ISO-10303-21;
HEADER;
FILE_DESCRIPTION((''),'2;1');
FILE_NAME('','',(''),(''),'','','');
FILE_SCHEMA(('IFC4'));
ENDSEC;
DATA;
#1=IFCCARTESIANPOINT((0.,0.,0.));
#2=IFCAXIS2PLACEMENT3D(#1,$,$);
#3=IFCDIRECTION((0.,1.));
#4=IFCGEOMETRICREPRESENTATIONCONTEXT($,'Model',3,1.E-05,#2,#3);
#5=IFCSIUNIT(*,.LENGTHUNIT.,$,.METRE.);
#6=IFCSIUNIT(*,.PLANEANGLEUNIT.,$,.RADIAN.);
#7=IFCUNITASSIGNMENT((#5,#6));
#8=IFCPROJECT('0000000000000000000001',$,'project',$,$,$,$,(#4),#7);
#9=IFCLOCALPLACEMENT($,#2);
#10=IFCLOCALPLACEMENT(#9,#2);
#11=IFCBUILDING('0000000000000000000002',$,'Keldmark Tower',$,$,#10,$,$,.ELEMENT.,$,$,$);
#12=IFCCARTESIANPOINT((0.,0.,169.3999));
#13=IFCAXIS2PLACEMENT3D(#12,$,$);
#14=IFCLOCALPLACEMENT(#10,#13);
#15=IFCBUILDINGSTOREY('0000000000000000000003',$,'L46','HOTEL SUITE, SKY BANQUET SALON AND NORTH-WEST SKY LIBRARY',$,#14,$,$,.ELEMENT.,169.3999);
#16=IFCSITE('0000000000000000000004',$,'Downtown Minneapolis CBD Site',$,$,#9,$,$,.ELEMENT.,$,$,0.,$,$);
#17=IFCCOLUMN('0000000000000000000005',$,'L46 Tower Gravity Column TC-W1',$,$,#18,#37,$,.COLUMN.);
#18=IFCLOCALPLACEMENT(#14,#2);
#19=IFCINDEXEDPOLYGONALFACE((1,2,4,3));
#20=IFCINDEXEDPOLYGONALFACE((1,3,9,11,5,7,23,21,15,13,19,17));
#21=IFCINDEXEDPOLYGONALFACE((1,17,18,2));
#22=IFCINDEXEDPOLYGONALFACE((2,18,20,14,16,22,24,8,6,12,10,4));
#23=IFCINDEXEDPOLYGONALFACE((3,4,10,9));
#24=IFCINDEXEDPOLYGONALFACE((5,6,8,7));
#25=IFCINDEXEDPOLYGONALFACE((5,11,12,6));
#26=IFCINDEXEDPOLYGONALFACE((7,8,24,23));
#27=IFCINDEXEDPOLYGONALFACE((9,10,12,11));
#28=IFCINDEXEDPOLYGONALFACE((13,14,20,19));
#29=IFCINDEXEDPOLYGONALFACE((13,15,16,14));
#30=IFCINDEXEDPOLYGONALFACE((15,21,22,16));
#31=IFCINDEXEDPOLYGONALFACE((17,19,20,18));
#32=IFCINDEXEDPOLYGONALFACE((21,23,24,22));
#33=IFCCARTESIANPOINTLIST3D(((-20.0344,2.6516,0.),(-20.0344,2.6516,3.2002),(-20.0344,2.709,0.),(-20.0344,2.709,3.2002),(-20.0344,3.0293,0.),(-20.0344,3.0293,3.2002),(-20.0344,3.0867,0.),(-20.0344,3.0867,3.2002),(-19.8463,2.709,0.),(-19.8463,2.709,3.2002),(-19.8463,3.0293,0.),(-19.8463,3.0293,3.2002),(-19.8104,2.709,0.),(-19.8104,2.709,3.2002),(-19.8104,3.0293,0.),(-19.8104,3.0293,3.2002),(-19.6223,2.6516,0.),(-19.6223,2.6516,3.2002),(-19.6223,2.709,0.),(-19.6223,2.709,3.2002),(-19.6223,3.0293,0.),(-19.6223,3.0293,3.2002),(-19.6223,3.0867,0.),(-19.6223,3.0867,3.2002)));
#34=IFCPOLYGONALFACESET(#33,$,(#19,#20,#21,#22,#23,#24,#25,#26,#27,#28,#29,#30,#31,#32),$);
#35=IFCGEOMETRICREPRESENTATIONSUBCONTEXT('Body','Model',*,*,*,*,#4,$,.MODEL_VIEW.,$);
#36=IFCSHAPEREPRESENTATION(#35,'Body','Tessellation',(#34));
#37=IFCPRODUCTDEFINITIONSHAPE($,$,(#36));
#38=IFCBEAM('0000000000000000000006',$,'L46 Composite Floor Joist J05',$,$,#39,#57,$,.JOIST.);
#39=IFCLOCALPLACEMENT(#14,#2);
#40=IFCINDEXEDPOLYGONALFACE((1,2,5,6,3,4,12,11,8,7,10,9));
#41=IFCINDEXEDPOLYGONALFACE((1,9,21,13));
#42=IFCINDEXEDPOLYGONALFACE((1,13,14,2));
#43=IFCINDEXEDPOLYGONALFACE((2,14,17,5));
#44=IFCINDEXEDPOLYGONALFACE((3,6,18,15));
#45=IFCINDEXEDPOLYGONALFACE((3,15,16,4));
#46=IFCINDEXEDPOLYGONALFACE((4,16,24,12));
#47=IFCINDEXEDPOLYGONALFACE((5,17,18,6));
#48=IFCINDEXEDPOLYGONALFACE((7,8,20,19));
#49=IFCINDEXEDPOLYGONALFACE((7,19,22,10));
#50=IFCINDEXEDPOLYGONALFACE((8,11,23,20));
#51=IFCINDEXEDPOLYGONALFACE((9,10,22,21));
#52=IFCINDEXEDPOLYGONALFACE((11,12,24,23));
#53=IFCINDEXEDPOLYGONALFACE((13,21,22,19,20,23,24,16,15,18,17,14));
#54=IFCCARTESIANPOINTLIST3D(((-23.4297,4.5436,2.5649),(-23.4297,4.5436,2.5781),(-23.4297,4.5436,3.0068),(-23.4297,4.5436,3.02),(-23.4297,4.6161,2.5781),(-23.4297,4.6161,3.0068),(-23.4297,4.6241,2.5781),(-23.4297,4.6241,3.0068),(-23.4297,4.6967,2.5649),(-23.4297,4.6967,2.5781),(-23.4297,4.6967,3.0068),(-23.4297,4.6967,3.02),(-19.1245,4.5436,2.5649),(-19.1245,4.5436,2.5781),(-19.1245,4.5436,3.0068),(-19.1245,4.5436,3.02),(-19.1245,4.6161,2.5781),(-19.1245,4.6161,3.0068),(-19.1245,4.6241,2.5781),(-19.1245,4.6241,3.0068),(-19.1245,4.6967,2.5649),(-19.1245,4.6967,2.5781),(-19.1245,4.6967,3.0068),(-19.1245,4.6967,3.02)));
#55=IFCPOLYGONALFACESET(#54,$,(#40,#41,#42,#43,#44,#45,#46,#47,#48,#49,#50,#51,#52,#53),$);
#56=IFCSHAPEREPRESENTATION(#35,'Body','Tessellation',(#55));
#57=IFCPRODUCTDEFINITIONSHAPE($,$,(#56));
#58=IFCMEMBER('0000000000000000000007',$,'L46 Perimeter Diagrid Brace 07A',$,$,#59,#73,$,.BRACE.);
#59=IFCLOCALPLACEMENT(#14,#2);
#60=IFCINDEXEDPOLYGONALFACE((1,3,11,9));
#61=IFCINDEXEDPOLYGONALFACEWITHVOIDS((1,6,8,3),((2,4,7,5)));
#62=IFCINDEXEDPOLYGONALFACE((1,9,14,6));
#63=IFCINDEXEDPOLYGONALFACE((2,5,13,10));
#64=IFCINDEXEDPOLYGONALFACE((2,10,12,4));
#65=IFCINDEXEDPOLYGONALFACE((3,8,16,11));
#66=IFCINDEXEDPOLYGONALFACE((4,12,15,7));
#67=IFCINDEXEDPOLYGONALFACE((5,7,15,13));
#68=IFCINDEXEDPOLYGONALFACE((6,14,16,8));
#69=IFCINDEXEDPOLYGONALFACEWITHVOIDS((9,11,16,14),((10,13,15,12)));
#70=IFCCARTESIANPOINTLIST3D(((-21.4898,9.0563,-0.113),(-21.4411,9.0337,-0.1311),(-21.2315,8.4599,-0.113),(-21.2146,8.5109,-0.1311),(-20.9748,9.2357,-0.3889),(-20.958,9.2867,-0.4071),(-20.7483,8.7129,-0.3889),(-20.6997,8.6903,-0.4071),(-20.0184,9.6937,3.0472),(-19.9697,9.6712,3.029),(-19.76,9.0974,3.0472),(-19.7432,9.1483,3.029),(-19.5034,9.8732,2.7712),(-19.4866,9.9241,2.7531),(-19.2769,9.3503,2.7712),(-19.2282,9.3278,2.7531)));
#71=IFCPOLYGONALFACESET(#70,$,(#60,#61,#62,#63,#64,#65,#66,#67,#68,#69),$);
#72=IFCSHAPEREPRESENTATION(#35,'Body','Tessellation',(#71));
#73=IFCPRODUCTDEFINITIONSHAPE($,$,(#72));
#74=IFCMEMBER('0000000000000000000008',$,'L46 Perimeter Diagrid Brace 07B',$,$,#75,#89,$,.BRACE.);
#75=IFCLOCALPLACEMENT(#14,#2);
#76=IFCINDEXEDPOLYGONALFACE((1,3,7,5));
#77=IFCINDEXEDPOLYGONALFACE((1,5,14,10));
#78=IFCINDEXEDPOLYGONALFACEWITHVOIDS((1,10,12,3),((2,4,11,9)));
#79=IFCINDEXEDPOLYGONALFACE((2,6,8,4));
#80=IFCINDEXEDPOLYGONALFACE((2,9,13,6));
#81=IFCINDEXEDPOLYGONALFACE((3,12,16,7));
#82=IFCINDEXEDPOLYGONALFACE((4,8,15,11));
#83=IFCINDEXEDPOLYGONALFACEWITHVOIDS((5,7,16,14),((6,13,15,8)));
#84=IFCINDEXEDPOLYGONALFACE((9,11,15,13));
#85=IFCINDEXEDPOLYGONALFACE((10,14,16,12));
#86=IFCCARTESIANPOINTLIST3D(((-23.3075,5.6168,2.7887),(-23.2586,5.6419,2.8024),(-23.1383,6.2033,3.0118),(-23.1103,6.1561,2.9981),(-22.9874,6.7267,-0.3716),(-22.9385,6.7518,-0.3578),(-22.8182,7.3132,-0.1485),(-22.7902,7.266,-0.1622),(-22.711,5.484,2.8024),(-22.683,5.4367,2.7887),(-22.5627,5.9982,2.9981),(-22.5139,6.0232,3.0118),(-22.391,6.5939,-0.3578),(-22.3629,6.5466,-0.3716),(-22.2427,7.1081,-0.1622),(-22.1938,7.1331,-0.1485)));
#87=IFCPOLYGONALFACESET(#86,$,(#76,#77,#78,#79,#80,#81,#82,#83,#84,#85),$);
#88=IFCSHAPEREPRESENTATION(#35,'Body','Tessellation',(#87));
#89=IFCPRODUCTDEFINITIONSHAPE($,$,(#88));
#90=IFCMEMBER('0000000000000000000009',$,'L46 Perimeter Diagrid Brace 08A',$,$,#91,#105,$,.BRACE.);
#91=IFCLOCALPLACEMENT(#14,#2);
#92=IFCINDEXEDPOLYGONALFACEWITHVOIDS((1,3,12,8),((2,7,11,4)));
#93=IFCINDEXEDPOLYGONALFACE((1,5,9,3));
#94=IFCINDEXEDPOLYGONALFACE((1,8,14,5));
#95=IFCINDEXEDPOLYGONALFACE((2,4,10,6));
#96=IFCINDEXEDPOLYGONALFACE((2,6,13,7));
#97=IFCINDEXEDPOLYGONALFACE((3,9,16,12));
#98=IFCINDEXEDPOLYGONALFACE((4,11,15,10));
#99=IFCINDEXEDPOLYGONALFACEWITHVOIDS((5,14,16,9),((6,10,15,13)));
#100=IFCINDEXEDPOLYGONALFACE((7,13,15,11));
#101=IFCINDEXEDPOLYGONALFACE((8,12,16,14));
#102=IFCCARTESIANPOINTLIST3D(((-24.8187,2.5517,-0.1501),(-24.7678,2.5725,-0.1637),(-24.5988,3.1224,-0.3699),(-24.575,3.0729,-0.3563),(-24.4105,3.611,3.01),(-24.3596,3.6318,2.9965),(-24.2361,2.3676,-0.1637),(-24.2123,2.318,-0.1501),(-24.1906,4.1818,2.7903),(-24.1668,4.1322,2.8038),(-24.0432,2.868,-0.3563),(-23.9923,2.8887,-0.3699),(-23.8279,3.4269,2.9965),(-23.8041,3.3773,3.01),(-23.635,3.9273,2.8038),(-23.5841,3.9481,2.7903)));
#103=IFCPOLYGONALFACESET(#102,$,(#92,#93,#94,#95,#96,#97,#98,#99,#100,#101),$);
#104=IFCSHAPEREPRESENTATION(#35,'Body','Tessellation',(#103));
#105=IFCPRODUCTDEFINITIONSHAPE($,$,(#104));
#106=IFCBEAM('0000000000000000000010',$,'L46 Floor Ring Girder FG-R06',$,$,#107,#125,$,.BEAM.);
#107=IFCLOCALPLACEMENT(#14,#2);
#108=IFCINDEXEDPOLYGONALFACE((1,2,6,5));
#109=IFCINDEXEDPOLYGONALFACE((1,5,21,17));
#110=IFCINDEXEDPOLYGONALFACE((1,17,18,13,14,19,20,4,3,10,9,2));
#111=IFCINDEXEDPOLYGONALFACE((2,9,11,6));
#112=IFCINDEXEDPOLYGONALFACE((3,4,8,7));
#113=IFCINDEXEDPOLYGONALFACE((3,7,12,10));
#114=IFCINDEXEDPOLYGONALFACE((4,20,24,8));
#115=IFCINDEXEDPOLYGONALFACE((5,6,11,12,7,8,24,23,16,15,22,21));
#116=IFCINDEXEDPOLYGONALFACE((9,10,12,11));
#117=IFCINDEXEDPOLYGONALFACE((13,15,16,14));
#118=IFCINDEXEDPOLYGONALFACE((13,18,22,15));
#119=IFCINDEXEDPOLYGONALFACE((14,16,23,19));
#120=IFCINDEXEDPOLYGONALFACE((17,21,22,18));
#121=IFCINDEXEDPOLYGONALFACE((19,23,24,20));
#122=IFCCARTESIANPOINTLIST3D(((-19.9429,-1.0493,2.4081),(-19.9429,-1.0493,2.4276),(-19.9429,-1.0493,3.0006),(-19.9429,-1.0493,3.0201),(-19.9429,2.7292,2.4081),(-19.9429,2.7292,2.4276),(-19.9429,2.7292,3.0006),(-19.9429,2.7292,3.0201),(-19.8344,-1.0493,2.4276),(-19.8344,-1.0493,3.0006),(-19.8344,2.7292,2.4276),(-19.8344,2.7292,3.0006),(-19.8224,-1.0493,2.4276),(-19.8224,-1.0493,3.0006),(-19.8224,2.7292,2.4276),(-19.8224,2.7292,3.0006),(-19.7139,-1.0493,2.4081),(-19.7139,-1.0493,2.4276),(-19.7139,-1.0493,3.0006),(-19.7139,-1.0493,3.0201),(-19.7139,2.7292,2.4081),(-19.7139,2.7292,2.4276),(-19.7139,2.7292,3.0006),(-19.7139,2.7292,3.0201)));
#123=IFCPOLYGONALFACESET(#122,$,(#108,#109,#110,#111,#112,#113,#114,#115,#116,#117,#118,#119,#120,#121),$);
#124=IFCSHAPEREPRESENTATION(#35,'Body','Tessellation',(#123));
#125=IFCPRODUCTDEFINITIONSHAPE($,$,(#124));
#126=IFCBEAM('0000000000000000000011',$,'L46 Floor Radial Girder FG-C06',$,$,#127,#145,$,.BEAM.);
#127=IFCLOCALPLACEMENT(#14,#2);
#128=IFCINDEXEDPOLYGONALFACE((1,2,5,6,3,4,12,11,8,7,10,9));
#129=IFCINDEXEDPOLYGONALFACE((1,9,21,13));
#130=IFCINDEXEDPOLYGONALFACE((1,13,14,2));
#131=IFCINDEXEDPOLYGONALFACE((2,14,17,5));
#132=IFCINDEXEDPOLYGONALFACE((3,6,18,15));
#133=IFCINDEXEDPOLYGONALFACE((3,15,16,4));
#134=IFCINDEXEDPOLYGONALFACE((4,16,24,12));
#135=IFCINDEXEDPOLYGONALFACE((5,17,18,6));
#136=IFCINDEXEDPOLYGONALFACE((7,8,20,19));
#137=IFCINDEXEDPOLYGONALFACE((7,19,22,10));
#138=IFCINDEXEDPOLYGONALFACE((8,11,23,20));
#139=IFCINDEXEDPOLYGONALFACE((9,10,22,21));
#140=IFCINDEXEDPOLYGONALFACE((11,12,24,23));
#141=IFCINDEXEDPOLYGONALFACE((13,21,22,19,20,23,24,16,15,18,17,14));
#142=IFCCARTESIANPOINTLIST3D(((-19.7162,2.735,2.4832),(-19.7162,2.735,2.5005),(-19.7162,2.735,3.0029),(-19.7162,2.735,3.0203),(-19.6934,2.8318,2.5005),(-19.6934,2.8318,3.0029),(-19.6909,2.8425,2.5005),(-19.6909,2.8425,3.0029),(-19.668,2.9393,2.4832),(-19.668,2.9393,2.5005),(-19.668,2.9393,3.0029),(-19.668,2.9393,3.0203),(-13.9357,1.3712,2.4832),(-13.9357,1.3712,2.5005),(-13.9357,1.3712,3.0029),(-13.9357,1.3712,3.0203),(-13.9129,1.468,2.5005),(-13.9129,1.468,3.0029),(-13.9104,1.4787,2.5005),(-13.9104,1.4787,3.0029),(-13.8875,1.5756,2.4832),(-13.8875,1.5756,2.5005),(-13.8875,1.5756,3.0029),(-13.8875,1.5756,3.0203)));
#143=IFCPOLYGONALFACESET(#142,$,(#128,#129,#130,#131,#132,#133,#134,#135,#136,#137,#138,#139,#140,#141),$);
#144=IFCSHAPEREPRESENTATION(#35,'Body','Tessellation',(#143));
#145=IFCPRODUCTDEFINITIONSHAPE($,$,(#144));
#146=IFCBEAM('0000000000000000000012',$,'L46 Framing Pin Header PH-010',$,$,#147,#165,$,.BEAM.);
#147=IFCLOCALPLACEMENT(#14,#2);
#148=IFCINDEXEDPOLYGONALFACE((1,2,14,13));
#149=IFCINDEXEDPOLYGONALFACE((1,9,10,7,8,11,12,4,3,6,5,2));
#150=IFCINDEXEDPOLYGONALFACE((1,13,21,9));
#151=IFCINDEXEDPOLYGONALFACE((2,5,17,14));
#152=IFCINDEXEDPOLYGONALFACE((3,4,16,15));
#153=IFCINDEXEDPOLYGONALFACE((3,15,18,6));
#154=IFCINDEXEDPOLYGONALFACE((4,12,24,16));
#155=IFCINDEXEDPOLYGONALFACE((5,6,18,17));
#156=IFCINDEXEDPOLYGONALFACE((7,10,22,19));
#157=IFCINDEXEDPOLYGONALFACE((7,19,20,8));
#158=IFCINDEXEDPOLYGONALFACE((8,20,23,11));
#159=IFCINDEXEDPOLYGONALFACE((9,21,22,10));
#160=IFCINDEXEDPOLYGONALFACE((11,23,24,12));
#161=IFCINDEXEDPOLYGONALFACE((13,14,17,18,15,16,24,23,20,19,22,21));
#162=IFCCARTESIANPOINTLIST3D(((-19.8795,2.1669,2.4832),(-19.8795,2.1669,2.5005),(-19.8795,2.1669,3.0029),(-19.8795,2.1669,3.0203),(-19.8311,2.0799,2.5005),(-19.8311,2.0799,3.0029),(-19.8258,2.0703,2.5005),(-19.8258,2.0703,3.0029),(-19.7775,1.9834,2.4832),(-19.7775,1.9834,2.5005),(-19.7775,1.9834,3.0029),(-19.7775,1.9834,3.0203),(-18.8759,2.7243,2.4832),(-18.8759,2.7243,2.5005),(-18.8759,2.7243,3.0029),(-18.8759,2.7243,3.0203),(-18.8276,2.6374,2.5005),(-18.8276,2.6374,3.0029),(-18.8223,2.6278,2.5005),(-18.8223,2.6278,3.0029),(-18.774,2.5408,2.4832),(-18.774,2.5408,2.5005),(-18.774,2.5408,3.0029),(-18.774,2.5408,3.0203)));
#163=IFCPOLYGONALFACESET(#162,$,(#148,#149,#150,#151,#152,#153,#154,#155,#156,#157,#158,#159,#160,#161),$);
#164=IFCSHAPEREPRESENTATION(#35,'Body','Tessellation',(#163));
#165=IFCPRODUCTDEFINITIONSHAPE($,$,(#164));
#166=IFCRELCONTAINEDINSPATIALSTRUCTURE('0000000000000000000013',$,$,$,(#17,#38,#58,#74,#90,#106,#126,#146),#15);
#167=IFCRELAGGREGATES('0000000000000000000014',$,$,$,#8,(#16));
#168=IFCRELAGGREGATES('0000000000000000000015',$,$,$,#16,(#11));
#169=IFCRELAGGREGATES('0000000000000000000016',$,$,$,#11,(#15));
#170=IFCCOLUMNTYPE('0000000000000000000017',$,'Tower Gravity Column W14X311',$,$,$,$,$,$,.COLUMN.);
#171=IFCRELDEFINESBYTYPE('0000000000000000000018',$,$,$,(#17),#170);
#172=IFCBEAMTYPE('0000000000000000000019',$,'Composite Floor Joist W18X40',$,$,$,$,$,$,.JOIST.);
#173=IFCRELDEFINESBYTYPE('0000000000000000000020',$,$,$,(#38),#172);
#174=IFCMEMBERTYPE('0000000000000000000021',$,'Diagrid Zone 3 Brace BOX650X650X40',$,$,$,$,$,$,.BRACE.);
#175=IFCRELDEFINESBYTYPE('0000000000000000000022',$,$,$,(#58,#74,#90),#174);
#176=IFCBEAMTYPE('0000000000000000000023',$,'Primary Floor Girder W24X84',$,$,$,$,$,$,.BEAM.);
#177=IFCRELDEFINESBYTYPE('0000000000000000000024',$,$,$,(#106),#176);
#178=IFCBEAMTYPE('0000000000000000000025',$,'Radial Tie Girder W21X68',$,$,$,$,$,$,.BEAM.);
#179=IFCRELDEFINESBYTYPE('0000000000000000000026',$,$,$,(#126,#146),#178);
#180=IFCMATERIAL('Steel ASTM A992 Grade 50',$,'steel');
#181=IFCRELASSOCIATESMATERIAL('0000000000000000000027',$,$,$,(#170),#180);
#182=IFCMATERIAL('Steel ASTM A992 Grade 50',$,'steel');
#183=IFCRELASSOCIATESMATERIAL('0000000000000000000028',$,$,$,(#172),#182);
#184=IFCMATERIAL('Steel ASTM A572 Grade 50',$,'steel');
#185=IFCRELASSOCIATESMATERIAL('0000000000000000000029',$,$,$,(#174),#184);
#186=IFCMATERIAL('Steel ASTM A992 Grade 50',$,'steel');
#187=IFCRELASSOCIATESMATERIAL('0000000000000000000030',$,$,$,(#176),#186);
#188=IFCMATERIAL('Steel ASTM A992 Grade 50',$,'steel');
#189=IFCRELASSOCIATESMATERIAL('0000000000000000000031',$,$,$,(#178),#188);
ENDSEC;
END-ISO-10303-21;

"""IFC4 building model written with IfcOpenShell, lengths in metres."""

from ifc_helpers import new_model, si_unit, direction, frame, origin, origin_2d, place, context, subcontext, project, spatial, hollow_rectangle, i_section, extrude, material, material_profile, profile_set, type_object, element, save


model = new_model("IFC4")

# Units and contexts
model_context = context("Model", 3, precision=1e-05, world=origin(), true_north=direction((0.0, 1.0)))
body_context = subcontext(model_context, "Body", "Model", "MODEL_VIEW")
ifc_project = project(units=[si_unit("LENGTHUNIT", "METRE"), si_unit("PLANEANGLEUNIT", "RADIAN")], contexts=[model_context])

# Site, building, storey
site_placement = place(None, origin())
site = spatial("IfcSite", under=ifc_project, at=site_placement, Name="Downtown Minneapolis CBD Site", CompositionType="ELEMENT", RefElevation=0.0)
building_placement = place(site_placement, origin())
building = spatial("IfcBuilding", under=site, at=building_placement, Name="Keldmark Tower", CompositionType="ELEMENT")
storey_placement = place(building_placement, frame((0.0, 0.0, 169.3999)))
storey = spatial("IfcBuildingStorey", under=building, at=storey_placement, Name="L46", Description="HOTEL SUITE, SKY BANQUET SALON AND NORTH-WEST SKY LIBRARY", CompositionType="ELEMENT", Elevation=169.3999)

# Column
ifc_material_1 = material(Name="Steel ASTM A992 Grade 50", Category="steel")
ifc_material_profile_1 = material_profile(ifc_material_1, i_section(OverallWidth=0.4121, OverallDepth=0.4351, WebThickness=0.0359, FlangeThickness=0.0574, at=origin_2d()), Name="W14X311")
ifc_profile_set_1 = profile_set([ifc_material_profile_1], Name="Steel ASTM A992 Grade 50")
column_type = type_object("IfcColumnType", Name="Tower Gravity Column W14X311", PredefinedType="COLUMN", material=ifc_profile_set_1)
column_placement = place(storey_placement, frame((-19.8284, 2.8691, 0.0), z_axis=(0.0, 0.0, 1.0), x_axis=(1.0, 0.0, 0.0)))
element("IfcColumn", 1, at=column_placement, inside=storey, type_object=column_type, Name="L46 Tower Gravity Column TC-W1", PredefinedType="COLUMN", context=body_context, shape_type="SweptSolid", body=[
    extrude(i_section(OverallWidth=0.4121, OverallDepth=0.4351, WebThickness=0.0359, FlangeThickness=0.0574, at=origin_2d()), origin(), (0.0, 0.0, 1.0), 3.2002),
])

# Beam
ifc_material_2 = material(Name="Steel ASTM A992 Grade 50", Category="steel")
ifc_material_profile_2 = material_profile(ifc_material_2, i_section(OverallWidth=0.1531, OverallDepth=0.4551, WebThickness=0.0081, FlangeThickness=0.0132, at=origin_2d()), Name="W18X40")
ifc_profile_set_2 = profile_set([ifc_material_profile_2], Name="Steel ASTM A992 Grade 50")
beam_type_1 = type_object("IfcBeamType", Name="Composite Floor Joist W18X40", PredefinedType="JOIST", material=ifc_profile_set_2)
beam_1_placement = place(storey_placement, frame((-23.4297, 4.6201, 2.7925), z_axis=(1.0, 0.0, 0.0), x_axis=(0.0, 1.0, 0.0)))
element("IfcBeam", 2, at=beam_1_placement, inside=storey, type_object=beam_type_1, Name="L46 Composite Floor Joist J05", PredefinedType="JOIST", context=body_context, shape_type="SweptSolid", body=[
    extrude(i_section(OverallWidth=0.1531, OverallDepth=0.4551, WebThickness=0.0081, FlangeThickness=0.0132, at=origin_2d()), origin(), (0.0, 0.0, 1.0), 4.3052),
])

# Members
ifc_material_3 = material(Name="Steel ASTM A572 Grade 50", Category="steel")
ifc_material_profile_3 = material_profile(ifc_material_3, hollow_rectangle(XDim=0.6499, YDim=0.6499, WallThickness=0.04, at=origin_2d()), Name="BOX650X650X40")
ifc_profile_set_3 = profile_set([ifc_material_profile_3], Name="Steel ASTM A572 Grade 50")
member_type = type_object("IfcMemberType", Name="Diagrid Zone 3 Brace BOX650X650X40", PredefinedType="BRACE", material=ifc_profile_set_3)
member_1_placement = place(storey_placement, frame((-21.0947, 8.8733, -0.26), z_axis=(0.415222, 0.179881, 0.891759), x_axis=(-0.397518, 0.917595, 0.0)))
element("IfcMember", 3, at=member_1_placement, inside=storey, type_object=member_type, Name="L46 Perimeter Diagrid Brace 07A", PredefinedType="BRACE", context=body_context, shape_type="SweptSolid", body=[
    extrude(hollow_rectangle(XDim=0.6499, YDim=0.6499, WallThickness=0.04, at=origin_2d()), origin(), (0.0, 0.0, 1.0), 3.5437),
])
member_2_placement = place(storey_placement, frame((-22.5906, 6.9299, -0.26), z_axis=(-0.095127, -0.329861, 0.939225), x_axis=(0.960843, -0.277093, 0.0)))
element("IfcMember", 4, at=member_2_placement, inside=storey, type_object=member_type, Name="L46 Perimeter Diagrid Brace 07B", PredefinedType="BRACE", context=body_context, shape_type="SweptSolid", body=[
    extrude(hollow_rectangle(XDim=0.6499, YDim=0.6499, WallThickness=0.04, at=origin_2d()), origin(), (0.0, 0.0, 1.0), 3.3647),
])
member_3_placement = place(storey_placement, frame((-24.4055, 2.7202, -0.26), z_axis=(0.121566, 0.315474, 0.941115), x_axis=(-0.933118, 0.35957, 0.0)))
element("IfcMember", 5, at=member_3_placement, inside=storey, type_object=member_type, Name="L46 Perimeter Diagrid Brace 08A", PredefinedType="BRACE", context=body_context, shape_type="SweptSolid", body=[
    extrude(hollow_rectangle(XDim=0.6499, YDim=0.6499, WallThickness=0.04, at=origin_2d()), origin(), (0.0, 0.0, 1.0), 3.3579),
])

# Beams
ifc_material_4 = material(Name="Steel ASTM A992 Grade 50", Category="steel")
ifc_material_profile_4 = material_profile(ifc_material_4, i_section(OverallWidth=0.229, OverallDepth=0.6121, WebThickness=0.012, FlangeThickness=0.0195, at=origin_2d()), Name="W24X84")
ifc_profile_set_4 = profile_set([ifc_material_profile_4], Name="Steel ASTM A992 Grade 50")
beam_type_2 = type_object("IfcBeamType", Name="Primary Floor Girder W24X84", PredefinedType="BEAM", material=ifc_profile_set_4)
beam_2_placement = place(storey_placement, frame((-19.8284, 2.7292, 2.7141), z_axis=(0.0, -1.0, 0.0), x_axis=(1.0, 0.0, 0.0)))
element("IfcBeam", 6, at=beam_2_placement, inside=storey, type_object=beam_type_2, Name="L46 Floor Ring Girder FG-R06", PredefinedType="BEAM", context=body_context, shape_type="SweptSolid", body=[
    extrude(i_section(OverallWidth=0.229, OverallDepth=0.6121, WebThickness=0.012, FlangeThickness=0.0195, at=origin_2d()), origin(), (0.0, 0.0, 1.0), 3.7786),
])
ifc_material_5 = material(Name="Steel ASTM A992 Grade 50", Category="steel")
ifc_material_profile_5 = material_profile(ifc_material_5, i_section(OverallWidth=0.21, OverallDepth=0.5371, WebThickness=0.011, FlangeThickness=0.0173, at=origin_2d()), Name="W21X68")
ifc_profile_set_5 = profile_set([ifc_material_profile_5], Name="Steel ASTM A992 Grade 50")
beam_type_3 = type_object("IfcBeamType", Name="Radial Tie Girder W21X68", PredefinedType="BEAM", material=ifc_profile_set_5)
beam_3_placement = place(storey_placement, frame((-19.6921, 2.8372, 2.7517), z_axis=(0.97328, -0.229621, 0.0), x_axis=(0.229621, 0.97328, 0.0)))
element("IfcBeam", 7, at=beam_3_placement, inside=storey, type_object=beam_type_3, Name="L46 Floor Radial Girder FG-C06", PredefinedType="BEAM", context=body_context, shape_type="SweptSolid", body=[
    extrude(i_section(OverallWidth=0.21, OverallDepth=0.5371, WebThickness=0.011, FlangeThickness=0.0173, at=origin_2d()), origin(), (0.0, 0.0, 1.0), 5.9392),
])
beam_4_placement = place(storey_placement, frame((-18.825, 2.6326, 2.7517), z_axis=(-0.874187, -0.485589, 0.0), x_axis=(0.485589, -0.874187, 0.0)))
element("IfcBeam", 8, at=beam_4_placement, inside=storey, type_object=beam_type_3, Name="L46 Framing Pin Header PH-010", PredefinedType="BEAM", context=body_context, shape_type="SweptSolid", body=[
    extrude(i_section(OverallWidth=0.21, OverallDepth=0.5371, WebThickness=0.011, FlangeThickness=0.0173, at=origin_2d()), origin(), (0.0, 0.0, 1.0), 1.1479),
])

save(model, "model.ifc")
